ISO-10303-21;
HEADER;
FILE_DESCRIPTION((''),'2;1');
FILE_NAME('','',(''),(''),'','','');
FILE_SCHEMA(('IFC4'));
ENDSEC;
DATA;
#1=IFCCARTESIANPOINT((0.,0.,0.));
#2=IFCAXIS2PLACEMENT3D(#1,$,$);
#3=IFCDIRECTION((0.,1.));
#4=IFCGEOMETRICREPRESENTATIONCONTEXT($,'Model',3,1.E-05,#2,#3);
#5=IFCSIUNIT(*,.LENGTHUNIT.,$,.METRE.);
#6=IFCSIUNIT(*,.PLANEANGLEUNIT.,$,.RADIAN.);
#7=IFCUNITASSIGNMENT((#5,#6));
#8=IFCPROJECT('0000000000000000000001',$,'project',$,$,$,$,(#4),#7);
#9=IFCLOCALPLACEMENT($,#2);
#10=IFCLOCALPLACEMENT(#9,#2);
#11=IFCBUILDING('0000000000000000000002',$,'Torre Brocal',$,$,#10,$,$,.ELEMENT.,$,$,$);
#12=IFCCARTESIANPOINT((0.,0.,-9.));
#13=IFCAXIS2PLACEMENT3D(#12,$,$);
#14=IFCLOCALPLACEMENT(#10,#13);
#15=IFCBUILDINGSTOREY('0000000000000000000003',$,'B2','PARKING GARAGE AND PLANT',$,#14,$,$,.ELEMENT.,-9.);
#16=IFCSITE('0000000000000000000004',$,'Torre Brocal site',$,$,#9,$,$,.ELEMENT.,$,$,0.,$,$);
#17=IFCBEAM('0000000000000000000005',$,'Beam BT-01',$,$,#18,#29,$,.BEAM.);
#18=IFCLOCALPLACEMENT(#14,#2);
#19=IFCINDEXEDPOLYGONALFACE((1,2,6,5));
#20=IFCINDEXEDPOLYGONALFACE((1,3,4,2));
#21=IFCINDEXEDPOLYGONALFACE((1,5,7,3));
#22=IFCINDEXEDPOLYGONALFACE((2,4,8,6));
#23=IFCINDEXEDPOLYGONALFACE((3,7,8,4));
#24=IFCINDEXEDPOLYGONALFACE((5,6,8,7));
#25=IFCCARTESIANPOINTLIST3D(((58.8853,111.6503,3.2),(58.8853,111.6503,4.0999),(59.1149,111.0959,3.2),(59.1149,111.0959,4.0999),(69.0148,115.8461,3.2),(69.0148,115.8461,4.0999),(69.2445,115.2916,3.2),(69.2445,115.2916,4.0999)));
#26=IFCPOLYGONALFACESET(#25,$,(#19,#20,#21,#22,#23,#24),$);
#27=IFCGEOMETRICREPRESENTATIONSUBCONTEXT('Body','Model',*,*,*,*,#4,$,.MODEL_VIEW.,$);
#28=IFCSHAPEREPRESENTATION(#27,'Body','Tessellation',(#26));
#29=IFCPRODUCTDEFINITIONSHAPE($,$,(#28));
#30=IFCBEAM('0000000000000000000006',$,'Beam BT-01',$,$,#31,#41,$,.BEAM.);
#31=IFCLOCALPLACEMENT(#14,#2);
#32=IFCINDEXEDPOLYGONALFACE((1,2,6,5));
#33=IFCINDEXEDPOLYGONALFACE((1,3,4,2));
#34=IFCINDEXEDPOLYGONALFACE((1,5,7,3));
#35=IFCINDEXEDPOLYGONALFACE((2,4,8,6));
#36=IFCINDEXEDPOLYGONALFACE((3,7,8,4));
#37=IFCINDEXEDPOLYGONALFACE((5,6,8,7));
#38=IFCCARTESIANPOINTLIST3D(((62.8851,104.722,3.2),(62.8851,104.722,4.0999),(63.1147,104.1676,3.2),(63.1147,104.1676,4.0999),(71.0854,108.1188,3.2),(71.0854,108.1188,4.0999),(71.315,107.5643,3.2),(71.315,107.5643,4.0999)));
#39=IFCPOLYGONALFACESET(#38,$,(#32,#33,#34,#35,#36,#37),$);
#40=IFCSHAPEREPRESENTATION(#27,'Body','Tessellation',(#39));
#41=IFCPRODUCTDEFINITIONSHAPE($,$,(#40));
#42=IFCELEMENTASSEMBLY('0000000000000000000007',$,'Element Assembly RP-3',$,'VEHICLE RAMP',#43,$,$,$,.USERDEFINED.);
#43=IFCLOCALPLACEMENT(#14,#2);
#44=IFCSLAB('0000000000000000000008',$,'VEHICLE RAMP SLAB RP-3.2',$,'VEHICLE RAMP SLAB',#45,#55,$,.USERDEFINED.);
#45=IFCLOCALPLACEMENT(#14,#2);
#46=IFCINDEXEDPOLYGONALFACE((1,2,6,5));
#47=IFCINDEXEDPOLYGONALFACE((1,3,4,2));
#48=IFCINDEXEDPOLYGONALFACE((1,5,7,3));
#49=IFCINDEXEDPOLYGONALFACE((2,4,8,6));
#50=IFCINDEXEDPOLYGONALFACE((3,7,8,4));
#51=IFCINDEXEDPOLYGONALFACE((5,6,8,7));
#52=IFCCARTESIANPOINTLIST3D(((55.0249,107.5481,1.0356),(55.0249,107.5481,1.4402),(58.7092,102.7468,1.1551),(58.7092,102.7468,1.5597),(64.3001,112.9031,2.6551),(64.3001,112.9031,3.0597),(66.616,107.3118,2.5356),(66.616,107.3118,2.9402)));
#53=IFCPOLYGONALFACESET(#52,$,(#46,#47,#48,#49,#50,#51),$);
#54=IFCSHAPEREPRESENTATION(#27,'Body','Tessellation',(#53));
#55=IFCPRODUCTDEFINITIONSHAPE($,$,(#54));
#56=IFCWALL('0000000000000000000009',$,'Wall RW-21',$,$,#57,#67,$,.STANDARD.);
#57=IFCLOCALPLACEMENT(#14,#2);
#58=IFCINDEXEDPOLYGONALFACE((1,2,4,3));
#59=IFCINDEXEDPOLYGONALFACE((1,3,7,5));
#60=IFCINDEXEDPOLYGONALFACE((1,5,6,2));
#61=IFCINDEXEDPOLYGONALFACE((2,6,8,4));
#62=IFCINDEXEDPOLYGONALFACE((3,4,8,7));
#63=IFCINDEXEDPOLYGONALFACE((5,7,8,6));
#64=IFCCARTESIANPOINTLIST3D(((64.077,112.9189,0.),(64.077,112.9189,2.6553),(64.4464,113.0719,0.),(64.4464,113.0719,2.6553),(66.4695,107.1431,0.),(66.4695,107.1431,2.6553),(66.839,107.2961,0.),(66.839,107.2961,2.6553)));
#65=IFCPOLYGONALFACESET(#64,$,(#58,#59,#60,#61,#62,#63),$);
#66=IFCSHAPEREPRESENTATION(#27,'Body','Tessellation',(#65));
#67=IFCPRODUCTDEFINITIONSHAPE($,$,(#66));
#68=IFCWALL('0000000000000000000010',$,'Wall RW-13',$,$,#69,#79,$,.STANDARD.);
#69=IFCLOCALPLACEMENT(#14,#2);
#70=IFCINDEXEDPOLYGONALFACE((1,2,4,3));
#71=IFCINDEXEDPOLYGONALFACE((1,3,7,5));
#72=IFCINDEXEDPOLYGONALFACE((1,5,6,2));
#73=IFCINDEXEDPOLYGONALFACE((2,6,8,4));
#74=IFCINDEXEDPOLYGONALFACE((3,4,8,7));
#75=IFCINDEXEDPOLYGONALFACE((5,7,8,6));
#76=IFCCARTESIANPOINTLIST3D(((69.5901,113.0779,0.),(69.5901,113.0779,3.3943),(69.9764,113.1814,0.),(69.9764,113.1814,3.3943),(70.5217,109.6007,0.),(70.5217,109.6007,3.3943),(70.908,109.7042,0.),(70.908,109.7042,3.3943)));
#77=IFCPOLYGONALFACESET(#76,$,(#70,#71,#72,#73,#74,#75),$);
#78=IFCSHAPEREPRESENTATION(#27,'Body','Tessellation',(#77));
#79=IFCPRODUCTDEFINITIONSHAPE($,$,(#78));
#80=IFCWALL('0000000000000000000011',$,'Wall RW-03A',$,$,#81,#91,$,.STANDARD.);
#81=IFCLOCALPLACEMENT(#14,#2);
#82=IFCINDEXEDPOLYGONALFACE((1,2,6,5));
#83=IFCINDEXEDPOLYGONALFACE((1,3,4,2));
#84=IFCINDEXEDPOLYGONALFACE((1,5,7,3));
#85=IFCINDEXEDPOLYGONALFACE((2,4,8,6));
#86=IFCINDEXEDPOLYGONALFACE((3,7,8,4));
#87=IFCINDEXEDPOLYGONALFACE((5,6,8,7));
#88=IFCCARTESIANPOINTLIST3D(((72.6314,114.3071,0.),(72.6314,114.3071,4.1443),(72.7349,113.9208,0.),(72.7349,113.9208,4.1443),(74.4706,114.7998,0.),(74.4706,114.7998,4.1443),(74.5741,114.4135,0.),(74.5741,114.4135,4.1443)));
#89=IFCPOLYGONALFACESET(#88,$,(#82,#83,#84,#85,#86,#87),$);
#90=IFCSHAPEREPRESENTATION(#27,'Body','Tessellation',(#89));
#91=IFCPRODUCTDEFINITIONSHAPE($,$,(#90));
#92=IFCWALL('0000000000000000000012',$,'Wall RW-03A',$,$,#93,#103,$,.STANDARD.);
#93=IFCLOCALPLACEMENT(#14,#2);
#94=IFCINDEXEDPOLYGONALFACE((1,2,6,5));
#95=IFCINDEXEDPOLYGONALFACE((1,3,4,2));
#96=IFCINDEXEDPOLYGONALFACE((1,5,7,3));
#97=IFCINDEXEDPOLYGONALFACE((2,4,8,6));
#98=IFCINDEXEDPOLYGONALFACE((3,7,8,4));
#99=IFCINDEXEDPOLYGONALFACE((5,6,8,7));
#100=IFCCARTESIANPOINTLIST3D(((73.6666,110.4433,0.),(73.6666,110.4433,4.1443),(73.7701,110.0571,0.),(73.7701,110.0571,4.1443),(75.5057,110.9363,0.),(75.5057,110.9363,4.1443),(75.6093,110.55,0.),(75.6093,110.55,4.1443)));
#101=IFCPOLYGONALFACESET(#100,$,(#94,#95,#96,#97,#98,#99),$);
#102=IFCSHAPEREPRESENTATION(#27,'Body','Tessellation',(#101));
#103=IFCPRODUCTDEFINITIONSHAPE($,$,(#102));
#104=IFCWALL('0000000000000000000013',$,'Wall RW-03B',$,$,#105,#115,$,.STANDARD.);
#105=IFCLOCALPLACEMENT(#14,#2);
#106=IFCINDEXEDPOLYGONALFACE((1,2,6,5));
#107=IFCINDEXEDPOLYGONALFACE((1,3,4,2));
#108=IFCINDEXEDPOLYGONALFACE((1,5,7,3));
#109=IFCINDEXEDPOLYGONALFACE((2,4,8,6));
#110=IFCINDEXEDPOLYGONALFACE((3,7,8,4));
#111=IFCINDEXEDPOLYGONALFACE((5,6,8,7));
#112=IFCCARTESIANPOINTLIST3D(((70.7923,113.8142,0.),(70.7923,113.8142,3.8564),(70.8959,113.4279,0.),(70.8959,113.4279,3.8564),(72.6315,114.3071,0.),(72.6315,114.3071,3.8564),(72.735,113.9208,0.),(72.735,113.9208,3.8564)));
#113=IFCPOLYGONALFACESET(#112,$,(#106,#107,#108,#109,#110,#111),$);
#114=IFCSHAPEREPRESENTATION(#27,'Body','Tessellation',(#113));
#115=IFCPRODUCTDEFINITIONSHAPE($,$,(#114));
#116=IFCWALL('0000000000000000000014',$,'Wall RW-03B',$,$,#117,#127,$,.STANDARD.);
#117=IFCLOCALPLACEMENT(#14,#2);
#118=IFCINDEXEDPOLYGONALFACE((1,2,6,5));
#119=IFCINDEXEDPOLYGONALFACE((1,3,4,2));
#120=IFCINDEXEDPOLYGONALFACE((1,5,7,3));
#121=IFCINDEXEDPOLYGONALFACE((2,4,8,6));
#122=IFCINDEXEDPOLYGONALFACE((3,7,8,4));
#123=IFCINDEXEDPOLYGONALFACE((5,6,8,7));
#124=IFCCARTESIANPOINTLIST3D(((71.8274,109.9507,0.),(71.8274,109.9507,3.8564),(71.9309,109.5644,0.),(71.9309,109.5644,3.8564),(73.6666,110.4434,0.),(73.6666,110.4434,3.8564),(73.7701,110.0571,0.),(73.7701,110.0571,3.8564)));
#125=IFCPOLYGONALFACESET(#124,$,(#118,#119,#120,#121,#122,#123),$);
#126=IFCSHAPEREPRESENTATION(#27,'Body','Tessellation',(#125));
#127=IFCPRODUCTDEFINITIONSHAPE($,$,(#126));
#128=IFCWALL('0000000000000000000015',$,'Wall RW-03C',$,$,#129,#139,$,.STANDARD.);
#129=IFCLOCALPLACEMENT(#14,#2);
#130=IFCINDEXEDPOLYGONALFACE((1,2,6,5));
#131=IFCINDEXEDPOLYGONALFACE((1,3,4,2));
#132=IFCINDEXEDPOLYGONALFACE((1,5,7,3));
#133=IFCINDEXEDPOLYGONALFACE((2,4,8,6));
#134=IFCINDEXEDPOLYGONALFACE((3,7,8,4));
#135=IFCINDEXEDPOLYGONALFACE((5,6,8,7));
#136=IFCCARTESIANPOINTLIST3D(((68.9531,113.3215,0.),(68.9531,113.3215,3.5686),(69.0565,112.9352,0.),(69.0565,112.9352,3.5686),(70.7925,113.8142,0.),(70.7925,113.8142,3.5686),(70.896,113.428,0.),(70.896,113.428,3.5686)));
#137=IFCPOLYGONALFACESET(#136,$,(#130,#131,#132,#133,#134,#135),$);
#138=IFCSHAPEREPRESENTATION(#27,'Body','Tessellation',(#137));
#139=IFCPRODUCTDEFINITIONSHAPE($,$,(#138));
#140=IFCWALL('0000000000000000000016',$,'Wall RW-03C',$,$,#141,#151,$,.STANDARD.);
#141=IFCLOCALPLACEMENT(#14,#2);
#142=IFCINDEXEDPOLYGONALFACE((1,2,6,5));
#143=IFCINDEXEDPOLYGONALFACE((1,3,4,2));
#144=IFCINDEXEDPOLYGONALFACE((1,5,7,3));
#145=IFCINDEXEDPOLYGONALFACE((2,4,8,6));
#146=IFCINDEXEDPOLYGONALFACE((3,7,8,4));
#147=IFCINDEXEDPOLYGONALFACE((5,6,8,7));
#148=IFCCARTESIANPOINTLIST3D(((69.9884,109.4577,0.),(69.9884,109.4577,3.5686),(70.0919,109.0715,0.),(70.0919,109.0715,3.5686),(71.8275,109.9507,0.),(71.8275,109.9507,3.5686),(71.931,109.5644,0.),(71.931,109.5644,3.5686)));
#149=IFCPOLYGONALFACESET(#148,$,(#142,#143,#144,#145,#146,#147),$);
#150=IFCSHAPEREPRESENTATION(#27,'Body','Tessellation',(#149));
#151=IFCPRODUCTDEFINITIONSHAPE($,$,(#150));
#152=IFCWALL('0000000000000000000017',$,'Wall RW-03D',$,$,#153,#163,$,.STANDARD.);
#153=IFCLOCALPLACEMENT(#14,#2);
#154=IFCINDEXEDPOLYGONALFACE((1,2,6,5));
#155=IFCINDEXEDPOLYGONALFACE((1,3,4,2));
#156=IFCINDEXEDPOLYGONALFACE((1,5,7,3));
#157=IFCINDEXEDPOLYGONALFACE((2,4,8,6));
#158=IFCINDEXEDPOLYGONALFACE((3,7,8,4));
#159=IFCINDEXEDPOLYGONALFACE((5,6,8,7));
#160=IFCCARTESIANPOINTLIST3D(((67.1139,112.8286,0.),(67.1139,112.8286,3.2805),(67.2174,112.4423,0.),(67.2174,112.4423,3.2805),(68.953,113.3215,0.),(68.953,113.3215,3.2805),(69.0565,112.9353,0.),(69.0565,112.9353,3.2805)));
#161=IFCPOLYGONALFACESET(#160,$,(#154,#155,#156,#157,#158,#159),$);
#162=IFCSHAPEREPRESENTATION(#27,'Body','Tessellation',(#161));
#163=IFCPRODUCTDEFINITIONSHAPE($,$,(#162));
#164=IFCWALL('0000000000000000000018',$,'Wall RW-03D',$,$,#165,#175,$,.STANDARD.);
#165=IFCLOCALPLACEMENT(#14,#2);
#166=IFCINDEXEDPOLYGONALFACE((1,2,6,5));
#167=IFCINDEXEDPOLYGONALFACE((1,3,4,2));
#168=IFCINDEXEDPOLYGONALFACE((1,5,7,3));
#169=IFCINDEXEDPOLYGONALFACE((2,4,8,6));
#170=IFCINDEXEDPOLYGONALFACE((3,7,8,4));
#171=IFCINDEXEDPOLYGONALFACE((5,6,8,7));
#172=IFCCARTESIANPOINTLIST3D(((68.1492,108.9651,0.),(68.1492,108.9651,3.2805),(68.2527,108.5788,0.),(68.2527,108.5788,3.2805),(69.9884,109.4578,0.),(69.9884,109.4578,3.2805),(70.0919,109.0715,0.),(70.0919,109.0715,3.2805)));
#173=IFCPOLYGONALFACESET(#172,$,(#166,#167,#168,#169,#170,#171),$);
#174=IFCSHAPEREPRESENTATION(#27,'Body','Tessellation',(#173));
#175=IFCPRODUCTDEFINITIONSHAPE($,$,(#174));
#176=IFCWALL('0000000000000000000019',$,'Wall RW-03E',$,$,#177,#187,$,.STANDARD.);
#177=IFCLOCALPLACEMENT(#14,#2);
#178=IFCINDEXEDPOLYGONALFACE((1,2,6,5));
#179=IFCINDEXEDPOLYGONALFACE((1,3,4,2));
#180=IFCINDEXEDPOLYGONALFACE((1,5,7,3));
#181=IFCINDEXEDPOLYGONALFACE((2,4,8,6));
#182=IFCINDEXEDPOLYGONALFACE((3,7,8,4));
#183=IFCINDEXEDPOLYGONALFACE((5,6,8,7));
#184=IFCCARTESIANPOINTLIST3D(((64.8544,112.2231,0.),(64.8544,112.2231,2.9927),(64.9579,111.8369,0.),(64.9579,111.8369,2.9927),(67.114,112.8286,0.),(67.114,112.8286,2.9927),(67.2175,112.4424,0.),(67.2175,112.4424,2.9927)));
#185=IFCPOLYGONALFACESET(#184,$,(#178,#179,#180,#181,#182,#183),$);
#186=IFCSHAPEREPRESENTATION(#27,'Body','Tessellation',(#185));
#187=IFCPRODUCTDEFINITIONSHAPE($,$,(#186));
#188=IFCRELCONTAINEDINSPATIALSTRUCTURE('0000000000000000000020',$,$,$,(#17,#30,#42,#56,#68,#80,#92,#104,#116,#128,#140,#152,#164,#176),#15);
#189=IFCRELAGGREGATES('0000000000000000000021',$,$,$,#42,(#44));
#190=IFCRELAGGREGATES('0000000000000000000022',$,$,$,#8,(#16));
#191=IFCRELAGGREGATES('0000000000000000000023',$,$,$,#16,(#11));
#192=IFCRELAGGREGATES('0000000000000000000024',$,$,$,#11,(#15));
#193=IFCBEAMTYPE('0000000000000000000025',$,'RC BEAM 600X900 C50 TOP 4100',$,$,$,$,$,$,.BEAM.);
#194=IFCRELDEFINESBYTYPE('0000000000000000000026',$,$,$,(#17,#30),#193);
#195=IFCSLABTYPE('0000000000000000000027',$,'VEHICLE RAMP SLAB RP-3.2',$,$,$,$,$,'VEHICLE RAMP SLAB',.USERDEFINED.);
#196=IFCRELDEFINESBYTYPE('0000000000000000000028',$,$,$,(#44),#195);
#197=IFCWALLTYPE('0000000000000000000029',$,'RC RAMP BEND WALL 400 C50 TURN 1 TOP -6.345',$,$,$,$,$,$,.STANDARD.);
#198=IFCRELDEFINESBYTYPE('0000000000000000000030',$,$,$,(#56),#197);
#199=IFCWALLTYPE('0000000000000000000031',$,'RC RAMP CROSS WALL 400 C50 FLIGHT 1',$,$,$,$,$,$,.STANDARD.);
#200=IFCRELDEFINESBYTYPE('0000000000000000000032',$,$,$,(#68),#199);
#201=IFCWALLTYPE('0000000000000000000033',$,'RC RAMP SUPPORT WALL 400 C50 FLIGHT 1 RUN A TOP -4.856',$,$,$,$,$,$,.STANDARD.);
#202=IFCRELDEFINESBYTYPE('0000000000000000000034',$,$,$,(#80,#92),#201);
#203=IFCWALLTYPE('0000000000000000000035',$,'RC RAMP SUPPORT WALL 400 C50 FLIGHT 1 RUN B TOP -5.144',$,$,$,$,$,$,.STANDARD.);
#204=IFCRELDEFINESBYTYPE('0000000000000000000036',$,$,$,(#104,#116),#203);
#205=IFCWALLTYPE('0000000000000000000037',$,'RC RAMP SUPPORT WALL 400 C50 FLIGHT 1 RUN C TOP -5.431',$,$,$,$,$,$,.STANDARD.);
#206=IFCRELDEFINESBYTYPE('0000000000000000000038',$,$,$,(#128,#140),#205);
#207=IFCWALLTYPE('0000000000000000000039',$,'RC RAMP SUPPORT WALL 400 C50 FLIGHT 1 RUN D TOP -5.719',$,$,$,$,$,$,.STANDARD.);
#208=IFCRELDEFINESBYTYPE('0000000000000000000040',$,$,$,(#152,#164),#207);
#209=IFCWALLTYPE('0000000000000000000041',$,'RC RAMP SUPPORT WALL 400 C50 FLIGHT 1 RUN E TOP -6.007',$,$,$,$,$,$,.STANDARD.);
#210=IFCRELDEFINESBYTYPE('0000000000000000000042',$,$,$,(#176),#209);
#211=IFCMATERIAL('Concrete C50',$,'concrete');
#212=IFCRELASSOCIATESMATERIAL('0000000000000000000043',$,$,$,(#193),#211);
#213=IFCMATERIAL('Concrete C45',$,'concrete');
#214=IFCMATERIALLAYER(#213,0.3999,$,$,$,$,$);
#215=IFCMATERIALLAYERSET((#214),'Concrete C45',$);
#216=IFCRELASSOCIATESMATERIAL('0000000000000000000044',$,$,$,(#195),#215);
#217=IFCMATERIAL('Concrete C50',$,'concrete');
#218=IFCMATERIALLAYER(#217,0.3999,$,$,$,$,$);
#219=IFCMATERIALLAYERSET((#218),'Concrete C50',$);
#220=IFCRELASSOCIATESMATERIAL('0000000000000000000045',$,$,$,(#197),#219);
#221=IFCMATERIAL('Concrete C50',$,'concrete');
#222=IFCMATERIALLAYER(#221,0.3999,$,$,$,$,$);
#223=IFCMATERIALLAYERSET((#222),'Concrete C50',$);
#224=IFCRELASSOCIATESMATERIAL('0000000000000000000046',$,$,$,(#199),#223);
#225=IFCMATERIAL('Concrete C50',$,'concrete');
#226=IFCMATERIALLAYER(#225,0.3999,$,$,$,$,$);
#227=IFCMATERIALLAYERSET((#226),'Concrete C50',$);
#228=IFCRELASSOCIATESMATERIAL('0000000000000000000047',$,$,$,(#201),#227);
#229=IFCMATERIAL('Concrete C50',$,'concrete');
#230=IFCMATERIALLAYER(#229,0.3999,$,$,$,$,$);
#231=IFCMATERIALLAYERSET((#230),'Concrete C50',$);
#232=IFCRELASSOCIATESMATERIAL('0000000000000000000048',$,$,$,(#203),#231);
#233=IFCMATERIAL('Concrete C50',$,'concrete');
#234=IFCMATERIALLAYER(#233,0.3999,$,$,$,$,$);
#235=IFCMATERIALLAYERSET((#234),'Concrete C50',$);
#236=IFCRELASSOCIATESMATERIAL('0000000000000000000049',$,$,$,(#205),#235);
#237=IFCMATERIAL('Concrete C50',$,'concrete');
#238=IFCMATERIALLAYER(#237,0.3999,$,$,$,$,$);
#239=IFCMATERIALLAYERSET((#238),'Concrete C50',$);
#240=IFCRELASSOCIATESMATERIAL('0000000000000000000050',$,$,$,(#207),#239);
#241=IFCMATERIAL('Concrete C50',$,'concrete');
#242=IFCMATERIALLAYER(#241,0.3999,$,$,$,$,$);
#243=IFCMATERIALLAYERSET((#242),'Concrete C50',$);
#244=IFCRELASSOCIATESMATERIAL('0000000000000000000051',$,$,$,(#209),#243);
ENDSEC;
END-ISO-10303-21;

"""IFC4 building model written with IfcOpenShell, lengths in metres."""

from ifc_helpers import new_model, si_unit, direction, frame, frame_2d, origin, origin_2d, place, context, subcontext, project, spatial, polyline, rectangle, outline, extrude, material, layer, layer_set, material_profile, profile_set, type_object, element, aggregate, save


model = new_model("IFC4")

# Units and contexts
model_context = context("Model", 3, precision=1e-05, world=origin(), true_north=direction((0.0, 1.0)))
body_context = subcontext(model_context, "Body", "Model", "MODEL_VIEW")
ifc_project = project(units=[si_unit("LENGTHUNIT", "METRE"), si_unit("PLANEANGLEUNIT", "RADIAN")], contexts=[model_context])

# Site, building, storey
site_placement = place(None, origin())
site = spatial("IfcSite", under=ifc_project, at=site_placement, Name="Torre Brocal site", CompositionType="ELEMENT", RefElevation=0.0)
building_placement = place(site_placement, origin())
building = spatial("IfcBuilding", under=site, at=building_placement, Name="Torre Brocal", CompositionType="ELEMENT")
storey_placement = place(building_placement, frame((0.0, 0.0, -9.0)))
storey = spatial("IfcBuildingStorey", under=building, at=storey_placement, Name="B2", Description="PARKING GARAGE AND PLANT", CompositionType="ELEMENT", Elevation=-9.0)

# Beams
ifc_material_1 = material(Name="Concrete C50", Category="concrete")
ifc_material_profile_1 = material_profile(ifc_material_1, rectangle(XDim=0.6001, YDim=0.8999, at=origin_2d()), Name="RC 600X900")
ifc_profile_set_1 = profile_set([ifc_material_profile_1], Name="Concrete C50")
beam_type = type_object("IfcBeamType", Name="RC BEAM 600X900 C50 TOP 4100", PredefinedType="BEAM", material=ifc_profile_set_1)
beam_1_placement = place(storey_placement, frame((69.1296, 115.5688, 3.6499), z_axis=(-0.923881, -0.382681, 0.0), x_axis=(0.382681, -0.923881, 0.0)))
element("IfcBeam", 1, at=beam_1_placement, inside=storey, type_object=beam_type, Name="Beam BT-01", PredefinedType="BEAM", context=body_context, shape_type="SweptSolid", body=[
    extrude(rectangle(XDim=0.6001, YDim=0.8999, at=origin_2d()), origin(), (0.0, 0.0, 1.0), 10.9641),
])
beam_2_placement = place(storey_placement, frame((71.2002, 107.8416, 3.6499), z_axis=(-0.923876, -0.382693, 0.0), x_axis=(0.382693, -0.923876, 0.0)))
element("IfcBeam", 2, at=beam_2_placement, inside=storey, type_object=beam_type, Name="Beam BT-01", PredefinedType="BEAM", context=body_context, shape_type="SweptSolid", body=[
    extrude(rectangle(XDim=0.6001, YDim=0.8999, at=origin_2d()), origin(), (0.0, 0.0, 1.0), 8.876),
])

# Element assembly, slab
assembly_placement = place(storey_placement, origin())
assembly = element("IfcElementAssembly", 3, at=assembly_placement, inside=storey, Name="Element Assembly RP-3", ObjectType="VEHICLE RAMP", PredefinedType="USERDEFINED")
ifc_material_2 = material(Name="Concrete C45", Category="concrete")
ifc_layer_1 = layer(ifc_material_2, 0.3999)
ifc_layer_set_1 = layer_set([ifc_layer_1], Name="Concrete C45")
slab_type = type_object("IfcSlabType", Name="VEHICLE RAMP SLAB RP-3.2", ElementType="VEHICLE RAMP SLAB", PredefinedType="USERDEFINED", material=ifc_layer_set_1)
slab_placement = place(storey_placement, frame((66.616, 107.3118, 2.9402), z_axis=(-0.12948, -0.074756, 0.98876), x_axis=(-0.382594, 0.923706, 0.019736)))
slab = element("IfcSlab", 4, at=slab_placement, type_object=slab_type, Name="VEHICLE RAMP SLAB RP-3.2", ObjectType="VEHICLE RAMP SLAB", PredefinedType="USERDEFINED", context=body_context, shape_type="SweptSolid", body=[
    extrude(outline(polyline([(0.0, 0.0), (6.0531, 0.0), (4.6234, 10.737), (-1.2188, 9.1529), (0.0, 0.0)])), origin(), (-0.019736, 0.148202, -0.98876), 0.4045),
])
aggregate(assembly, [slab])

# Walls
ifc_material_3 = material(Name="Concrete C50", Category="concrete")
ifc_layer_2 = layer(ifc_material_3, 0.3999)
ifc_layer_set_2 = layer_set([ifc_layer_2], Name="Concrete C50")
wall_type_1 = type_object("IfcWallType", Name="RC RAMP BEND WALL 400 C50 TURN 1 TOP -6.345", PredefinedType="STANDARD", material=ifc_layer_set_2)
wall_1_placement = place(storey_placement, frame((66.6543, 107.2195, 0.0), z_axis=(0.0, 0.0, 1.0), x_axis=(-0.382701, 0.923872, 0.0)))
element("IfcWall", 5, at=wall_1_placement, inside=storey, type_object=wall_type_1, Name="Wall RW-21", PredefinedType="STANDARD", context=body_context, shape_type="SweptSolid", body=[
    extrude(rectangle(XDim=6.2517, YDim=0.3999, at=frame_2d((3.126, 0.0))), origin(), (0.0, 0.0, 1.0), 2.6553),
])
ifc_material_4 = material(Name="Concrete C50", Category="concrete")
ifc_layer_3 = layer(ifc_material_4, 0.3999)
ifc_layer_set_3 = layer_set([ifc_layer_3], Name="Concrete C50")
wall_type_2 = type_object("IfcWallType", Name="RC RAMP CROSS WALL 400 C50 FLIGHT 1", PredefinedType="STANDARD", material=ifc_layer_set_3)
wall_2_placement = place(storey_placement, frame((70.7148, 109.6526, 0.0), z_axis=(0.0, 0.0, 1.0), x_axis=(-0.258794, 0.965933, 0.0)))
element("IfcWall", 6, at=wall_2_placement, inside=storey, type_object=wall_type_2, Name="Wall RW-13", PredefinedType="STANDARD", context=body_context, shape_type="SweptSolid", body=[
    extrude(rectangle(XDim=3.5999, YDim=0.3999, at=frame_2d((1.7998, 0.0))), origin(), (0.0, 0.0, 1.0), 3.3943),
])
ifc_material_5 = material(Name="Concrete C50", Category="concrete")
ifc_layer_4 = layer(ifc_material_5, 0.3999)
ifc_layer_set_4 = layer_set([ifc_layer_4], Name="Concrete C50")
wall_type_3 = type_object("IfcWallType", Name="RC RAMP SUPPORT WALL 400 C50 FLIGHT 1 RUN A TOP -4.856", PredefinedType="STANDARD", material=ifc_layer_set_4)
for number, where, z_axis, x_axis, name in (
    (7, (74.5225, 114.6067, 0.0), (0.0, 0.0, 1.0), (-0.965941, -0.258764, 0.0), "Wall RW-03A"),
    (8, (75.5576, 110.7432, 0.0), (0.0, 0.0, 1.0), (-0.965909, -0.258883, 0.0), "Wall RW-03A"),
):
    element("IfcWall", number, at=place(storey_placement, frame(where, z_axis=z_axis, x_axis=x_axis)), inside=storey, type_object=wall_type_3, Name=name, PredefinedType="STANDARD", context=body_context, shape_type="SweptSolid", body=[
        extrude(rectangle(XDim=1.9041, YDim=0.3999, at=frame_2d((0.9521, 0.0))), origin(), (0.0, 0.0, 1.0), 4.1443),
    ])
ifc_material_6 = material(Name="Concrete C50", Category="concrete")
ifc_layer_5 = layer(ifc_material_6, 0.3999)
ifc_layer_set_5 = layer_set([ifc_layer_5], Name="Concrete C50")
wall_type_4 = type_object("IfcWallType", Name="RC RAMP SUPPORT WALL 400 C50 FLIGHT 1 RUN B TOP -5.144", PredefinedType="STANDARD", material=ifc_layer_set_5)
for number, where, z_axis, x_axis, name in (
    (9, (72.6833, 114.114, 0.0), (0.0, 0.0, 1.0), (-0.965909, -0.258883, 0.0), "Wall RW-03B"),
    (10, (73.7185, 110.2502, 0.0), (0.0, 0.0, 1.0), (-0.965941, -0.258764, 0.0), "Wall RW-03B"),
):
    element("IfcWall", number, at=place(storey_placement, frame(where, z_axis=z_axis, x_axis=x_axis)), inside=storey, type_object=wall_type_4, Name=name, PredefinedType="STANDARD", context=body_context, shape_type="SweptSolid", body=[
        extrude(rectangle(XDim=1.9041, YDim=0.3999, at=frame_2d((0.9521, 0.0))), origin(), (0.0, 0.0, 1.0), 3.8564),
    ])
ifc_material_7 = material(Name="Concrete C50", Category="concrete")
ifc_layer_6 = layer(ifc_material_7, 0.3999)
ifc_layer_set_6 = layer_set([ifc_layer_6], Name="Concrete C50")
wall_type_5 = type_object("IfcWallType", Name="RC RAMP SUPPORT WALL 400 C50 FLIGHT 1 RUN C TOP -5.431", PredefinedType="STANDARD", material=ifc_layer_set_6)
wall_3_placement = place(storey_placement, frame((70.8442, 113.6211, 0.0), z_axis=(0.0, 0.0, 1.0), x_axis=(-0.965949, -0.258732, 0.0)))
element("IfcWall", 11, at=wall_3_placement, inside=storey, type_object=wall_type_5, Name="Wall RW-03C", PredefinedType="STANDARD", context=body_context, shape_type="SweptSolid", body=[
    extrude(rectangle(XDim=1.9043, YDim=0.3999, at=frame_2d((0.9521, 0.0))), origin(), (0.0, 0.0, 1.0), 3.5686),
])
wall_4_placement = place(storey_placement, frame((71.8794, 109.7576, 0.0), z_axis=(0.0, 0.0, 1.0), x_axis=(-0.965909, -0.258883, 0.0)))
element("IfcWall", 12, at=wall_4_placement, inside=storey, type_object=wall_type_5, Name="Wall RW-03C", PredefinedType="STANDARD", context=body_context, shape_type="SweptSolid", body=[
    extrude(rectangle(XDim=1.9041, YDim=0.3999, at=frame_2d((0.9521, 0.0))), origin(), (0.0, 0.0, 1.0), 3.5686),
])
ifc_material_8 = material(Name="Concrete C50", Category="concrete")
ifc_layer_7 = layer(ifc_material_8, 0.3999)
ifc_layer_set_7 = layer_set([ifc_layer_7], Name="Concrete C50")
wall_type_6 = type_object("IfcWallType", Name="RC RAMP SUPPORT WALL 400 C50 FLIGHT 1 RUN D TOP -5.719", PredefinedType="STANDARD", material=ifc_layer_set_7)
for number, where, z_axis, x_axis, name in (
    (13, (69.0049, 113.1284, 0.0), (0.0, 0.0, 1.0), (-0.965909, -0.258883, 0.0), "Wall RW-03D"),
    (14, (70.0403, 109.2646, 0.0), (0.0, 0.0, 1.0), (-0.965941, -0.258764, 0.0), "Wall RW-03D"),
):
    element("IfcWall", number, at=place(storey_placement, frame(where, z_axis=z_axis, x_axis=x_axis)), inside=storey, type_object=wall_type_6, Name=name, PredefinedType="STANDARD", context=body_context, shape_type="SweptSolid", body=[
        extrude(rectangle(XDim=1.9041, YDim=0.3999, at=frame_2d((0.9521, 0.0))), origin(), (0.0, 0.0, 1.0), 3.2805),
    ])
ifc_material_9 = material(Name="Concrete C50", Category="concrete")
ifc_layer_8 = layer(ifc_material_9, 0.3999)
ifc_layer_set_8 = layer_set([ifc_layer_8], Name="Concrete C50")
wall_type_7 = type_object("IfcWallType", Name="RC RAMP SUPPORT WALL 400 C50 FLIGHT 1 RUN E TOP -6.007", PredefinedType="STANDARD", material=ifc_layer_set_8)
wall_5_placement = place(storey_placement, frame((67.1658, 112.6355, 0.0), z_axis=(0.0, 0.0, 1.0), x_axis=(-0.965922, -0.258832, 0.0)))
element("IfcWall", 15, at=wall_5_placement, inside=storey, type_object=wall_type_7, Name="Wall RW-03E", PredefinedType="STANDARD", context=body_context, shape_type="SweptSolid", body=[
    extrude(rectangle(XDim=2.3394, YDim=0.3999, at=frame_2d((1.1697, 0.0))), origin(), (0.0, 0.0, 1.0), 2.9927),
])

save(model, "model.ifc")
